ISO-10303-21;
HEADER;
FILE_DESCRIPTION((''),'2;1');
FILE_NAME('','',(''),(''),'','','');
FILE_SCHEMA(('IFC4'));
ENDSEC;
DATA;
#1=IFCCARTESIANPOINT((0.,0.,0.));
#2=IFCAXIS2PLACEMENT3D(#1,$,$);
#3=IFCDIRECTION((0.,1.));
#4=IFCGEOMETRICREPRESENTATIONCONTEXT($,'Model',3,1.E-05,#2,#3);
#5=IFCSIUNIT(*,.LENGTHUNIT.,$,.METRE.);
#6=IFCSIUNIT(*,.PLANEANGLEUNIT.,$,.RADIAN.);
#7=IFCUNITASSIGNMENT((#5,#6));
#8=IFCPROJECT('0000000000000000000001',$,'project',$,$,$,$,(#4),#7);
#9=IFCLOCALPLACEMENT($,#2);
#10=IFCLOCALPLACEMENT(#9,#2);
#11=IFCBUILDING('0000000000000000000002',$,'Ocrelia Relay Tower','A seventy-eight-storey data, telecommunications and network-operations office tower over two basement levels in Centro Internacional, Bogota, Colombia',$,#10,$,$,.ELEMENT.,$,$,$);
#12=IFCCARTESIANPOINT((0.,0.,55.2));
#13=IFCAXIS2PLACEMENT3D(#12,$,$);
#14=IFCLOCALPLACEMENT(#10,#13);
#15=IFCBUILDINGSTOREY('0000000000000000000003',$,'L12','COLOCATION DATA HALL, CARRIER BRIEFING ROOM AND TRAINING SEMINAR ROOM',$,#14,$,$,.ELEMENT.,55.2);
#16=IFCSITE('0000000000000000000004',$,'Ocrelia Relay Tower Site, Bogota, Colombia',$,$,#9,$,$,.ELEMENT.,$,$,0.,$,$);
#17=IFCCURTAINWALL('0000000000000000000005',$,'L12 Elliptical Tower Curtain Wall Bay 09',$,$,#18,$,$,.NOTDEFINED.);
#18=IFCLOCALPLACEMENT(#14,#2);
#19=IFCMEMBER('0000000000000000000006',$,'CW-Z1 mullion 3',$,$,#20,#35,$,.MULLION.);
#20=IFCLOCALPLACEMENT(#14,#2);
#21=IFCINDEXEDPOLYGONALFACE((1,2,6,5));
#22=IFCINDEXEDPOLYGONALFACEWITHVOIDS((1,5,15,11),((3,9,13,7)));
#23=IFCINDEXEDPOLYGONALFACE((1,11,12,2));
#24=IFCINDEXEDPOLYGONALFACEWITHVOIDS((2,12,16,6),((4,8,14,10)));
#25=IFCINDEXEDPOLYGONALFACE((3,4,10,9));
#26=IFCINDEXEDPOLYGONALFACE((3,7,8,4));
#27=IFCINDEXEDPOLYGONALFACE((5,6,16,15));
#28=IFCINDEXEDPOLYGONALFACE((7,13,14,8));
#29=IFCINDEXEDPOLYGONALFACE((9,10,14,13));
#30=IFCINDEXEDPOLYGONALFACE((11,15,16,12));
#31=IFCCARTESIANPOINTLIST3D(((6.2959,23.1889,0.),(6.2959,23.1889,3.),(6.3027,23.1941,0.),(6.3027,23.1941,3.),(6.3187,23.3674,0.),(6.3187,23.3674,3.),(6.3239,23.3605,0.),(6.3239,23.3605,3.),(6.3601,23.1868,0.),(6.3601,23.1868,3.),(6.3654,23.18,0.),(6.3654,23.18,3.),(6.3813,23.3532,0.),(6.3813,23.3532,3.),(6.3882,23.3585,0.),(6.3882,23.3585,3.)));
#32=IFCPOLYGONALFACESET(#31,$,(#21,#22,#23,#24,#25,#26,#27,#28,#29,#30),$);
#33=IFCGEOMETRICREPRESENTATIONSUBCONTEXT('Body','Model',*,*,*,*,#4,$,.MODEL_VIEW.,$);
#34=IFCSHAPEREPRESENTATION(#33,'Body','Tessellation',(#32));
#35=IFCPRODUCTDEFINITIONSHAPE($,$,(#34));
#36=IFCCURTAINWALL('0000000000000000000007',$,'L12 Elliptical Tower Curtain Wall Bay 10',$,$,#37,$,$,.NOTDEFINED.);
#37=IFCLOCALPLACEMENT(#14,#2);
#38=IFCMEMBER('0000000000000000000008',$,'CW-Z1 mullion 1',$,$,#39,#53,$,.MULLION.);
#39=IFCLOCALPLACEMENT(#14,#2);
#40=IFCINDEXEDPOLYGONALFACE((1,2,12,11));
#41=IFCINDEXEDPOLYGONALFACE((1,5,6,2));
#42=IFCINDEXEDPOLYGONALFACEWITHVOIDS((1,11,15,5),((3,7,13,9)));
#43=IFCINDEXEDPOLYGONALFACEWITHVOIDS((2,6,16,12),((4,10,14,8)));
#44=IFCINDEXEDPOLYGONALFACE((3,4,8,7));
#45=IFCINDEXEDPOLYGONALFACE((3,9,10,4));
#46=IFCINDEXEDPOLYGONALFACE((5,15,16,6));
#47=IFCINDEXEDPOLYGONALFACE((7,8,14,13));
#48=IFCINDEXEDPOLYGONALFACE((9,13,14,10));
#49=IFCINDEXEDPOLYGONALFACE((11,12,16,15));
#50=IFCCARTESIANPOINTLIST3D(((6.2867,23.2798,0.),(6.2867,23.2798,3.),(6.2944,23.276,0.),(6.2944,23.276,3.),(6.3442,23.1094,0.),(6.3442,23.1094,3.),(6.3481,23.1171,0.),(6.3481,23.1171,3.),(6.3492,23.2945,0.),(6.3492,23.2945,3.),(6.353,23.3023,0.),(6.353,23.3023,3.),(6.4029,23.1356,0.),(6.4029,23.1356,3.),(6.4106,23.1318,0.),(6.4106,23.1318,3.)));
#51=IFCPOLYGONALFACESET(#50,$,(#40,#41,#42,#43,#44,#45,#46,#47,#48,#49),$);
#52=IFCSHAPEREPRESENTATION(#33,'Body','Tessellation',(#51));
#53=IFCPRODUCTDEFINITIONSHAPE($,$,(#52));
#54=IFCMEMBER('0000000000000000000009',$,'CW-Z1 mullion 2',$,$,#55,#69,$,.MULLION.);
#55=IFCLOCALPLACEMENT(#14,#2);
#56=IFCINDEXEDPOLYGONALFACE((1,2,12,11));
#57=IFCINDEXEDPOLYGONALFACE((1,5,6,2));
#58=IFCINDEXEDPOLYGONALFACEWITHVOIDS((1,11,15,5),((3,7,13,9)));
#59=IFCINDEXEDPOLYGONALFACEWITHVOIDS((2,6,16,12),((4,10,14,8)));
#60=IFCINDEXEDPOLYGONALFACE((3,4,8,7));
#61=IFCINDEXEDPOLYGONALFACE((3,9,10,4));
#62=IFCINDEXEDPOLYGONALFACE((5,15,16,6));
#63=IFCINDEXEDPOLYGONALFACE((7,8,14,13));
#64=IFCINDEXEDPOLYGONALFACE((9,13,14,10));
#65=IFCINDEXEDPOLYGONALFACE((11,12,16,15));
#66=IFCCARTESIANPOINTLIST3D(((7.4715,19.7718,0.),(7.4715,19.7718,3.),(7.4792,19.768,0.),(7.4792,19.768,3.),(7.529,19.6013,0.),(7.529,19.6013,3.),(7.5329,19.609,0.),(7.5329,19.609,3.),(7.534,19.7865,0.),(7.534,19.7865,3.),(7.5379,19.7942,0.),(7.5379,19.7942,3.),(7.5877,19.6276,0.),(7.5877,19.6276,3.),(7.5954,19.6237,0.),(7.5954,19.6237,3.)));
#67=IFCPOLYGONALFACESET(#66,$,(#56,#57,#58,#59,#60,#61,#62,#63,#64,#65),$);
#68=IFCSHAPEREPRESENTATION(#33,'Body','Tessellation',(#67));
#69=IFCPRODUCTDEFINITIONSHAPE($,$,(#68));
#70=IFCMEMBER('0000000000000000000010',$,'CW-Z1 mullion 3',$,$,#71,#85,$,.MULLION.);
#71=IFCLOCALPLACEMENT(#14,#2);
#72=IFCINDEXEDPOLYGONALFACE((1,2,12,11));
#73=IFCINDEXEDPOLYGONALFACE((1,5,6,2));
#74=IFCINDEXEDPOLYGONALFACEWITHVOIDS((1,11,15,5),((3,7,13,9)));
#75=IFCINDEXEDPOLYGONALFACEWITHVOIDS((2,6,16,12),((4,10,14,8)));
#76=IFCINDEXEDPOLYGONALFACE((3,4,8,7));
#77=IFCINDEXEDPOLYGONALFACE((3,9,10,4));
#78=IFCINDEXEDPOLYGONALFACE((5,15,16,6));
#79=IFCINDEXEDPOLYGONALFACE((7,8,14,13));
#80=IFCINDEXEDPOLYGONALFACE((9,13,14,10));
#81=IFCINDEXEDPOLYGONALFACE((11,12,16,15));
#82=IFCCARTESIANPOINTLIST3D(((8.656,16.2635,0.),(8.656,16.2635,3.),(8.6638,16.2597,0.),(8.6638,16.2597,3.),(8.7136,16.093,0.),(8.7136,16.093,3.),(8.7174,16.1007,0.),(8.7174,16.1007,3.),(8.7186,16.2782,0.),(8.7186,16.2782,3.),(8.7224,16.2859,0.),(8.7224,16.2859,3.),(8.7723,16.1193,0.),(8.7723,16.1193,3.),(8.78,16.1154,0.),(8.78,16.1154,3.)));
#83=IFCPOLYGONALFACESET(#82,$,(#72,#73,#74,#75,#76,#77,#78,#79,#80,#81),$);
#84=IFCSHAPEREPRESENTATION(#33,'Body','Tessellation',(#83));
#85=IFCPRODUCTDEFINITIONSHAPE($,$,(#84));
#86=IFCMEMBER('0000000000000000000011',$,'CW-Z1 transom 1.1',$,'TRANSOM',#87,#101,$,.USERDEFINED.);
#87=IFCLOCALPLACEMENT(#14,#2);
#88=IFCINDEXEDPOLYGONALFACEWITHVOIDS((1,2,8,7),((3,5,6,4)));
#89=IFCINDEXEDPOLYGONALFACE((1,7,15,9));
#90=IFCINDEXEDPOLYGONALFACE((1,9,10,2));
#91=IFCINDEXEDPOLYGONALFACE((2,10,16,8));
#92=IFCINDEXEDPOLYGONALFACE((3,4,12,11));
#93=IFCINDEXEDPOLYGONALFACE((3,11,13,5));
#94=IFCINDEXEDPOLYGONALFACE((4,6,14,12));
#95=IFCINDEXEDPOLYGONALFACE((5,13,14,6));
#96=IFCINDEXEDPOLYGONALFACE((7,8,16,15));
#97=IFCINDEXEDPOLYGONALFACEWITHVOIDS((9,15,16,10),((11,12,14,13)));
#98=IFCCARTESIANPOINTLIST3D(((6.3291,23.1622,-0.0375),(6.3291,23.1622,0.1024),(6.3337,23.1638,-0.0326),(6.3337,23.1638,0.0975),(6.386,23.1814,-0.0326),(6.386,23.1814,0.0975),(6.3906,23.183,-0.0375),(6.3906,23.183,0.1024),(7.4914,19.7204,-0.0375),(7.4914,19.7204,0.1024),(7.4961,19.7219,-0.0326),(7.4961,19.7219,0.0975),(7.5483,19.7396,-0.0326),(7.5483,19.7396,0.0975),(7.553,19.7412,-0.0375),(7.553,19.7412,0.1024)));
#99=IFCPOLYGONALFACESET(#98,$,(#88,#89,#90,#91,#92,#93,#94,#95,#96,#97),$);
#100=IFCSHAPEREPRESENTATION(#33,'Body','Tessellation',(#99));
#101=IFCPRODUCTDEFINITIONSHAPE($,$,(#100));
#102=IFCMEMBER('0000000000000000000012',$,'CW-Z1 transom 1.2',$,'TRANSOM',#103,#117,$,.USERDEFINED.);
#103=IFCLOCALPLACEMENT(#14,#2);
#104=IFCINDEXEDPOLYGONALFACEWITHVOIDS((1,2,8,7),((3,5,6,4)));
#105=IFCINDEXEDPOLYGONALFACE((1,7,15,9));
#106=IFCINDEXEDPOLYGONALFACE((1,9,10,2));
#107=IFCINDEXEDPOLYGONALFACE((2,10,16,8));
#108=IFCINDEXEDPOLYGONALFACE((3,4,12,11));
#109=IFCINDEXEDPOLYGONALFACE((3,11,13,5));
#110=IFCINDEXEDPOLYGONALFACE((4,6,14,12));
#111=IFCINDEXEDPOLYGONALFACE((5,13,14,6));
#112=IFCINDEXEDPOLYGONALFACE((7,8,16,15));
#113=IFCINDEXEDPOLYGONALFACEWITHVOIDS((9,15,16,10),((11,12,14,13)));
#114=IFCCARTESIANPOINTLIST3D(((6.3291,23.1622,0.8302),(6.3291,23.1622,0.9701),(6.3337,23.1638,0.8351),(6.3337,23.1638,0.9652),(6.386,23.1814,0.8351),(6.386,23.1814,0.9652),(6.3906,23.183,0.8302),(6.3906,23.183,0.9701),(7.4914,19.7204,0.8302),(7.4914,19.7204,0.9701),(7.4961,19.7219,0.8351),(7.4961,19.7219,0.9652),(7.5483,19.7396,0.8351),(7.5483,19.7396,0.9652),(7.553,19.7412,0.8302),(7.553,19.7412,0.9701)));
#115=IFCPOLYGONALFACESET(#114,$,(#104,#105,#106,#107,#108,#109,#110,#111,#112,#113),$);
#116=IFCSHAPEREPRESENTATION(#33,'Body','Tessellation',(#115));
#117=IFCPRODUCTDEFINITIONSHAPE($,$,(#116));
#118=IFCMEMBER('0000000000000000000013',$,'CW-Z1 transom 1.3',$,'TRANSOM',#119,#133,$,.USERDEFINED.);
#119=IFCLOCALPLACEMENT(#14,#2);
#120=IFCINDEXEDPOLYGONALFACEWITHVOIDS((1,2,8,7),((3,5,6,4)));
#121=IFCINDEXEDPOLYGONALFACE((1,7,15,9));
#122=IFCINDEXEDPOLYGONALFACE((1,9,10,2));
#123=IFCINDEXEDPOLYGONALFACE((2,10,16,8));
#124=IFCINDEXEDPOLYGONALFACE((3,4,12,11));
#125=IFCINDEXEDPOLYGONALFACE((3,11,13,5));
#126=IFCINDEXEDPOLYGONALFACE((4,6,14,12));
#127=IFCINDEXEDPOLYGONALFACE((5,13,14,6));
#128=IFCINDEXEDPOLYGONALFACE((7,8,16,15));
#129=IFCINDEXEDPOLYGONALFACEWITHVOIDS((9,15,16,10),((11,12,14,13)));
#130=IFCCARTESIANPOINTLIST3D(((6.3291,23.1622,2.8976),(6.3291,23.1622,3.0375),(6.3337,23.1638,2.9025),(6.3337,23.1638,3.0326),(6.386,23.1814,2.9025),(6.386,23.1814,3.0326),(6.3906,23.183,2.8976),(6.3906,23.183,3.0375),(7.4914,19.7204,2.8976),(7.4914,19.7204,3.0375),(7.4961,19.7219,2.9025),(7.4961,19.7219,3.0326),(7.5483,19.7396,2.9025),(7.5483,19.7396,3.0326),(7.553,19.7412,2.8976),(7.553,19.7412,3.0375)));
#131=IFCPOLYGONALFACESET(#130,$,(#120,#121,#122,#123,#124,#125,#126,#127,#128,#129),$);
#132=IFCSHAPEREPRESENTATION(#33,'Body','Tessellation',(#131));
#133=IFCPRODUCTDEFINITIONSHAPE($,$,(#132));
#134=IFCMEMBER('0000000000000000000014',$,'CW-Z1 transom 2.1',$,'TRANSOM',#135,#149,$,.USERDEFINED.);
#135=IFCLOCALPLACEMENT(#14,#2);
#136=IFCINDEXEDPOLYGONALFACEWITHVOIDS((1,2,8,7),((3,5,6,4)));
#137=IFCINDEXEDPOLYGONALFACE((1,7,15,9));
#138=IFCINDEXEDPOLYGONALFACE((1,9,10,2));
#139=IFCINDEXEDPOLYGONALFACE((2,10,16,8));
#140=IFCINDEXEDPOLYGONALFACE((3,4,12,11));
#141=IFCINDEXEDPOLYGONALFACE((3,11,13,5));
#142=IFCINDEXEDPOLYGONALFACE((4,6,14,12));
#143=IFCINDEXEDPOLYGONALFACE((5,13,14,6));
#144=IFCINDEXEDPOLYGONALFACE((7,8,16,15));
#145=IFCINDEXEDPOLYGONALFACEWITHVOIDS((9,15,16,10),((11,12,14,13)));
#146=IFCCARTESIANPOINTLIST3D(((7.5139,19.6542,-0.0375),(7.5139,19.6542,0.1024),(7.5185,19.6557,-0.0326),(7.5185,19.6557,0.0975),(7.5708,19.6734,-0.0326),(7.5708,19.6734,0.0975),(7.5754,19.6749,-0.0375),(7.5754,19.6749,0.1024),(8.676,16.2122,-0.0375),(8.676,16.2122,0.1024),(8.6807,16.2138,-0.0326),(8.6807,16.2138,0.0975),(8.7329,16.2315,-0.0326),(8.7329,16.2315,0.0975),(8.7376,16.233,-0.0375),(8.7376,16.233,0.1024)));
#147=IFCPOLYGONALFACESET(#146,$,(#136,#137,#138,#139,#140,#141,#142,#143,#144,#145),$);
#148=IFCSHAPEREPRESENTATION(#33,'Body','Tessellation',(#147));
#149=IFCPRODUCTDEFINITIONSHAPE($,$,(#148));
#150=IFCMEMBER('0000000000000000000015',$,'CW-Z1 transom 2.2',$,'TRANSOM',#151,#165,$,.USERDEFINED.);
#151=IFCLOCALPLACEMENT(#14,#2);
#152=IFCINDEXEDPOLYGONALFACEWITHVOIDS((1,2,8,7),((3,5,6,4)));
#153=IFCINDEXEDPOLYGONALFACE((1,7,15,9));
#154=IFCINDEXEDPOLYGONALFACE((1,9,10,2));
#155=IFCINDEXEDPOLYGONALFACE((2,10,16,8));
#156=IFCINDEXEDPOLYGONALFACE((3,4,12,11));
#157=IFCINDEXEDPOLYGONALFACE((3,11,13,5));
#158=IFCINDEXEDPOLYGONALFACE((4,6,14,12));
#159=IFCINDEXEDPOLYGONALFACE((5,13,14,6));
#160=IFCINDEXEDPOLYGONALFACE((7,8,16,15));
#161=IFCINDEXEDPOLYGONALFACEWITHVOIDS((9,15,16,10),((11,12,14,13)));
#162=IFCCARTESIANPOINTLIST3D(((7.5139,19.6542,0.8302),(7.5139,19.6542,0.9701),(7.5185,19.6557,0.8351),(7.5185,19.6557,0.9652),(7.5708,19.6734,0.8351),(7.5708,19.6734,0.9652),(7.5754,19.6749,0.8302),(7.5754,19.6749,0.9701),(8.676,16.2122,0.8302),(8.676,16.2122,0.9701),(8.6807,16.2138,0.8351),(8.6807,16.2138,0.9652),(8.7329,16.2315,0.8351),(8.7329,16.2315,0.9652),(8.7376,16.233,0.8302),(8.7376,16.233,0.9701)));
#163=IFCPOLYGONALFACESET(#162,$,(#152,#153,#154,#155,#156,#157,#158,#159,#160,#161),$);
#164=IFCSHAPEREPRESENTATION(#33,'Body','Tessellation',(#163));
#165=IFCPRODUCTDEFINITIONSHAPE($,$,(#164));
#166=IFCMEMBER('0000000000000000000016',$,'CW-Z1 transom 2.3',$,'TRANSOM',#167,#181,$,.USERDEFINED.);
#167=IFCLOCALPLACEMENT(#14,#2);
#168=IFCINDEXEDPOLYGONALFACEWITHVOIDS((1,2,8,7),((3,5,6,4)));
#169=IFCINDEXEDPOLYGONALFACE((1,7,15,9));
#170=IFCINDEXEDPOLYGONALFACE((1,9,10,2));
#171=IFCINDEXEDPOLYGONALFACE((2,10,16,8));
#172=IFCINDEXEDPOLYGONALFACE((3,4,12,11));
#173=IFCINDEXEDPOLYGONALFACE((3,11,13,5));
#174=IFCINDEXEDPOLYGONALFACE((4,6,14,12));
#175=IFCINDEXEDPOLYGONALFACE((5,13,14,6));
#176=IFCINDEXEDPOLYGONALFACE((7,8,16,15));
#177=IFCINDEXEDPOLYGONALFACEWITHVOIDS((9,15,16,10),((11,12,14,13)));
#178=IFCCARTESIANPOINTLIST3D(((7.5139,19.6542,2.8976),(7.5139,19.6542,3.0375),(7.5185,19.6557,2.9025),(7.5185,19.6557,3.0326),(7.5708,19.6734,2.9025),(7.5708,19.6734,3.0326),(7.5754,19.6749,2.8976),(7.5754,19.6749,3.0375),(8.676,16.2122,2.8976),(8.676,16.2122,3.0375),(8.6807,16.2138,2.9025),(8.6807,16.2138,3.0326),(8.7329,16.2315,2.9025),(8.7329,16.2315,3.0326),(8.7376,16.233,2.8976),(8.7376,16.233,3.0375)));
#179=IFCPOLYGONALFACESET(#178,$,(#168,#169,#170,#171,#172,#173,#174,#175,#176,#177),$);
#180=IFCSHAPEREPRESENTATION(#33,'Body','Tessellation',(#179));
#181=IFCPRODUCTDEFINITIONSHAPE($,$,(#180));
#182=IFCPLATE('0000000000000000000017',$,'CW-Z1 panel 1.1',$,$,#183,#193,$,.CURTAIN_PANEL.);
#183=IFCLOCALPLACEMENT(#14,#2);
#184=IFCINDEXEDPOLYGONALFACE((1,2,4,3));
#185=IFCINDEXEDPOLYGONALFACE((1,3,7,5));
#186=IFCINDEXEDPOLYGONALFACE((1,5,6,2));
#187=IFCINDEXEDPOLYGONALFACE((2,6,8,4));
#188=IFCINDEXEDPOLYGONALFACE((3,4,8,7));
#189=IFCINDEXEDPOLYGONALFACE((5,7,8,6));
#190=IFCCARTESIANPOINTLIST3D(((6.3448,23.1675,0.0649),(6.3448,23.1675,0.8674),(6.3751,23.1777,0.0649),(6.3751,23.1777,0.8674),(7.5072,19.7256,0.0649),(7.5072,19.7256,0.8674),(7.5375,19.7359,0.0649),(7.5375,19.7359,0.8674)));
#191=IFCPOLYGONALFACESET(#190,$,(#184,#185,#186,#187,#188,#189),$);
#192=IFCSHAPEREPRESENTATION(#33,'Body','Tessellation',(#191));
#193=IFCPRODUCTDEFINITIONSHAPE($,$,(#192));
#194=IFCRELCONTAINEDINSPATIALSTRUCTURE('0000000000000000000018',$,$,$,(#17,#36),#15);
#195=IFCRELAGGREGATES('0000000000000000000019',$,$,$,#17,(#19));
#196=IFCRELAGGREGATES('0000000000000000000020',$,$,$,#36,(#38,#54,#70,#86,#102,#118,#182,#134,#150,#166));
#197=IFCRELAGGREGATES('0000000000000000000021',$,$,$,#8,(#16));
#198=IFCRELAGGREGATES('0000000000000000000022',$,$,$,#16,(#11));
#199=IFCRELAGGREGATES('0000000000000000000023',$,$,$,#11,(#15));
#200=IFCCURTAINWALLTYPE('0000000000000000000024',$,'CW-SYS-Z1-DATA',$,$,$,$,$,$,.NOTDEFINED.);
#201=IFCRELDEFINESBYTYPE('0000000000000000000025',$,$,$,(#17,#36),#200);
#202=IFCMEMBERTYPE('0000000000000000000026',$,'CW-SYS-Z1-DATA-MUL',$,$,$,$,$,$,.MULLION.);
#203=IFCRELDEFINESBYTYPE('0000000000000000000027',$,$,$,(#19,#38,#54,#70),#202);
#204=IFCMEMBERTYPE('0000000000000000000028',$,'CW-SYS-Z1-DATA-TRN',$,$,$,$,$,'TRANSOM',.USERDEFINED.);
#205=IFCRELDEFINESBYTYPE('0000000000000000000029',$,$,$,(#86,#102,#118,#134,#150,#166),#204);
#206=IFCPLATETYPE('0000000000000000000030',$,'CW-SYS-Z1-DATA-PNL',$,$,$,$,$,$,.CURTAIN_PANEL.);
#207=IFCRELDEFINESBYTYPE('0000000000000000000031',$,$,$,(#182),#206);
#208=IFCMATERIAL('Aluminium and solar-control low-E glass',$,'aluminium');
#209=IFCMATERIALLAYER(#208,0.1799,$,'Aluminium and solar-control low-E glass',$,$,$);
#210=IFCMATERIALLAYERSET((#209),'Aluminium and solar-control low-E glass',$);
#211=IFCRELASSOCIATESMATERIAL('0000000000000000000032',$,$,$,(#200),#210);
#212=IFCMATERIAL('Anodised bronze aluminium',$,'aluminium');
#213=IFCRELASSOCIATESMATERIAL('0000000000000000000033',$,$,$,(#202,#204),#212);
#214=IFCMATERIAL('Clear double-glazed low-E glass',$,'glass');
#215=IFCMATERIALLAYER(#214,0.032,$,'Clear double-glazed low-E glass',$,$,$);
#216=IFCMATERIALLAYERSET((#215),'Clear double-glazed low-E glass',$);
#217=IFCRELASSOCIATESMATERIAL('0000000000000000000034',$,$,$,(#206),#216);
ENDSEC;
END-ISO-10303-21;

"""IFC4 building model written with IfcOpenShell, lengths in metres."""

from ifc_helpers import new_model, si_unit, direction, frame, origin, origin_2d, place, context, subcontext, project, spatial, rectangle, hollow_rectangle, extrude, material, layer, layer_set, material_profile, profile_set, type_object, element, aggregate, save


model = new_model("IFC4")

# Units and contexts
model_context = context("Model", 3, precision=1e-05, world=origin(), true_north=direction((0.0, 1.0)))
body_context = subcontext(model_context, "Body", "Model", "MODEL_VIEW")
ifc_project = project(units=[si_unit("LENGTHUNIT", "METRE"), si_unit("PLANEANGLEUNIT", "RADIAN")], contexts=[model_context])

# Site, building, storey
site_placement = place(None, origin())
site = spatial("IfcSite", under=ifc_project, at=site_placement, Name="Ocrelia Relay Tower Site, Bogota, Colombia", CompositionType="ELEMENT", RefElevation=0.0)
building_placement = place(site_placement, origin())
building = spatial("IfcBuilding", under=site, at=building_placement, Name="Ocrelia Relay Tower", Description="A seventy-eight-storey data, telecommunications and network-operations office tower over two basement levels in Centro Internacional, Bogota, Colombia", CompositionType="ELEMENT")
storey_placement = place(building_placement, frame((0.0, 0.0, 55.2)))
storey = spatial("IfcBuildingStorey", under=building, at=storey_placement, Name="L12", Description="COLOCATION DATA HALL, CARRIER BRIEFING ROOM AND TRAINING SEMINAR ROOM", CompositionType="ELEMENT", Elevation=55.2)

# Curtain wall, member
ifc_material_1 = material(Name="Aluminium and solar-control low-E glass", Category="aluminium")
ifc_layer_1 = layer(ifc_material_1, 0.1799, Name="Aluminium and solar-control low-E glass")
ifc_layer_set_1 = layer_set([ifc_layer_1], Name="Aluminium and solar-control low-E glass")
curtain_wall_type = type_object("IfcCurtainWallType", Name="CW-SYS-Z1-DATA", PredefinedType="NOTDEFINED", material=ifc_layer_set_1)
curtain_wall_1_placement = place(storey_placement, origin())
curtain_wall_1 = element("IfcCurtainWall", 1, at=curtain_wall_1_placement, inside=storey, type_object=curtain_wall_type, Name="L12 Elliptical Tower Curtain Wall Bay 09", PredefinedType="NOTDEFINED")
ifc_material_2 = material(Name="Anodised bronze aluminium", Category="aluminium")
ifc_material_profile_1 = material_profile(ifc_material_2, hollow_rectangle(XDim=0.0701, YDim=0.1799, WallThickness=0.0061, at=origin_2d()), Name="CW-MUL-180x70")
ifc_profile_set_1 = profile_set([ifc_material_profile_1], Name="Anodised bronze aluminium")
member_type_1 = type_object("IfcMemberType", Name="CW-SYS-Z1-DATA-MUL", PredefinedType="MULLION", material=ifc_profile_set_1)
member_1_placement = place(storey_placement, frame((6.342, 23.2737, 0.0), z_axis=(0.0, 0.0, 1.0), x_axis=(0.991983, -0.126374, 0.0)))
member_1 = element("IfcMember", 2, at=member_1_placement, type_object=member_type_1, Name="CW-Z1 mullion 3", PredefinedType="MULLION", context=body_context, shape_type="SweptSolid", body=[
    extrude(hollow_rectangle(XDim=0.0701, YDim=0.1799, WallThickness=0.0061, at=origin_2d()), origin(), (0.0, 0.0, 1.0), 3.0),
])
aggregate(curtain_wall_1, [member_1])

# Curtain wall, members, plate
curtain_wall_2_placement = place(storey_placement, origin())
curtain_wall_2 = element("IfcCurtainWall", 3, at=curtain_wall_2_placement, inside=storey, type_object=curtain_wall_type, Name="L12 Elliptical Tower Curtain Wall Bay 10", PredefinedType="NOTDEFINED")
member_2_placement = place(storey_placement, frame((6.3486, 23.2058, 0.0), z_axis=(0.0, 0.0, 1.0), x_axis=(0.947433, 0.319954, 0.0)))
member_2 = element("IfcMember", 4, at=member_2_placement, type_object=member_type_1, Name="CW-Z1 mullion 1", PredefinedType="MULLION", context=body_context, shape_type="SweptSolid", body=[
    extrude(hollow_rectangle(XDim=0.0701, YDim=0.1799, WallThickness=0.0061, at=origin_2d()), origin(), (0.0, 0.0, 1.0), 3.0),
])
member_3_placement = place(storey_placement, frame((7.5334, 19.6978, 0.0), z_axis=(0.0, 0.0, 1.0), x_axis=(0.947433, 0.319954, 0.0)))
member_3 = element("IfcMember", 5, at=member_3_placement, type_object=member_type_1, Name="CW-Z1 mullion 2", PredefinedType="MULLION", context=body_context, shape_type="SweptSolid", body=[
    extrude(hollow_rectangle(XDim=0.0701, YDim=0.1799, WallThickness=0.0061, at=origin_2d()), origin(), (0.0, 0.0, 1.0), 3.0),
])
member_4_placement = place(storey_placement, frame((8.718, 16.1895, 0.0), z_axis=(0.0, 0.0, 1.0), x_axis=(0.947433, 0.319954, 0.0)))
member_4 = element("IfcMember", 6, at=member_4_placement, type_object=member_type_1, Name="CW-Z1 mullion 3", PredefinedType="MULLION", context=body_context, shape_type="SweptSolid", body=[
    extrude(hollow_rectangle(XDim=0.0701, YDim=0.1799, WallThickness=0.0061, at=origin_2d()), origin(), (0.0, 0.0, 1.0), 3.0),
])
ifc_material_profile_2 = material_profile(ifc_material_2, hollow_rectangle(XDim=0.0649, YDim=0.1399, WallThickness=0.0049, at=origin_2d()), Name="CW-TRN-140x65")
ifc_profile_set_2 = profile_set([ifc_material_profile_2], Name="Anodised bronze aluminium")
member_type_2 = type_object("IfcMemberType", Name="CW-SYS-Z1-DATA-TRN", ElementType="TRANSOM", PredefinedType="USERDEFINED", material=ifc_profile_set_2)
member_5_placement = place(storey_placement, frame((6.3599, 23.1726, 0.0325), z_axis=(0.319955, -0.947433, 0.0), x_axis=(0.947433, 0.319955, 0.0)))
member_5 = element("IfcMember", 7, at=member_5_placement, type_object=member_type_2, Name="CW-Z1 transom 1.1", ObjectType="TRANSOM", PredefinedType="USERDEFINED", context=body_context, shape_type="SweptSolid", body=[
    extrude(hollow_rectangle(XDim=0.0649, YDim=0.1399, WallThickness=0.0049, at=origin_2d()), origin(), (0.0, 0.0, 1.0), 3.6328),
])
member_6_placement = place(storey_placement, frame((6.3599, 23.1726, 0.9001), z_axis=(0.319955, -0.947433, 0.0), x_axis=(0.947433, 0.319955, 0.0)))
member_6 = element("IfcMember", 8, at=member_6_placement, type_object=member_type_2, Name="CW-Z1 transom 1.2", ObjectType="TRANSOM", PredefinedType="USERDEFINED", context=body_context, shape_type="SweptSolid", body=[
    extrude(hollow_rectangle(XDim=0.0649, YDim=0.1399, WallThickness=0.0049, at=origin_2d()), origin(), (0.0, 0.0, 1.0), 3.6328),
])
member_7_placement = place(storey_placement, frame((6.3599, 23.1726, 2.9675), z_axis=(0.319955, -0.947433, 0.0), x_axis=(0.947433, 0.319955, 0.0)))
member_7 = element("IfcMember", 9, at=member_7_placement, type_object=member_type_2, Name="CW-Z1 transom 1.3", ObjectType="TRANSOM", PredefinedType="USERDEFINED", context=body_context, shape_type="SweptSolid", body=[
    extrude(hollow_rectangle(XDim=0.0649, YDim=0.1399, WallThickness=0.0049, at=origin_2d()), origin(), (0.0, 0.0, 1.0), 3.6328),
])
member_8_placement = place(storey_placement, frame((7.5447, 19.6646, 0.0325), z_axis=(0.319895, -0.947453, 0.0), x_axis=(0.947453, 0.319895, 0.0)))
member_8 = element("IfcMember", 10, at=member_8_placement, type_object=member_type_2, Name="CW-Z1 transom 2.1", ObjectType="TRANSOM", PredefinedType="USERDEFINED", context=body_context, shape_type="SweptSolid", body=[
    extrude(hollow_rectangle(XDim=0.0649, YDim=0.1399, WallThickness=0.0049, at=origin_2d()), origin(), (0.0, 0.0, 1.0), 3.6328),
])
member_9_placement = place(storey_placement, frame((7.5447, 19.6646, 0.9001), z_axis=(0.319895, -0.947453, 0.0), x_axis=(0.947453, 0.319895, 0.0)))
member_9 = element("IfcMember", 11, at=member_9_placement, type_object=member_type_2, Name="CW-Z1 transom 2.2", ObjectType="TRANSOM", PredefinedType="USERDEFINED", context=body_context, shape_type="SweptSolid", body=[
    extrude(hollow_rectangle(XDim=0.0649, YDim=0.1399, WallThickness=0.0049, at=origin_2d()), origin(), (0.0, 0.0, 1.0), 3.6328),
])
member_10_placement = place(storey_placement, frame((7.5447, 19.6646, 2.9675), z_axis=(0.319895, -0.947453, 0.0), x_axis=(0.947453, 0.319895, 0.0)))
member_10 = element("IfcMember", 12, at=member_10_placement, type_object=member_type_2, Name="CW-Z1 transom 2.3", ObjectType="TRANSOM", PredefinedType="USERDEFINED", context=body_context, shape_type="SweptSolid", body=[
    extrude(hollow_rectangle(XDim=0.0649, YDim=0.1399, WallThickness=0.0049, at=origin_2d()), origin(), (0.0, 0.0, 1.0), 3.6328),
])
ifc_material_3 = material(Name="Clear double-glazed low-E glass", Category="glass")
ifc_layer_2 = layer(ifc_material_3, 0.032, Name="Clear double-glazed low-E glass")
ifc_layer_set_2 = layer_set([ifc_layer_2], Name="Clear double-glazed low-E glass")
plate_type = type_object("IfcPlateType", Name="CW-SYS-Z1-DATA-PNL", PredefinedType="CURTAIN_PANEL", material=ifc_layer_set_2)
plate_1_placement = place(storey_placement, frame((6.9412, 21.4517, 0.0649), z_axis=(0.0, 0.0, 1.0), x_axis=(0.319954, -0.947433, 0.0)))
plate_1 = element("IfcPlate", 13, at=plate_1_placement, type_object=plate_type, Name="CW-Z1 panel 1.1", PredefinedType="CURTAIN_PANEL", context=body_context, shape_type="SweptSolid", body=[
    extrude(rectangle(XDim=3.6328, YDim=0.032, at=origin_2d()), origin(), (0.0, 0.0, 1.0), 0.8025),
])
aggregate(curtain_wall_2, [member_2, member_3, member_4, member_5, member_6, member_7, plate_1, member_8, member_9, member_10])

save(model, "model.ifc")
